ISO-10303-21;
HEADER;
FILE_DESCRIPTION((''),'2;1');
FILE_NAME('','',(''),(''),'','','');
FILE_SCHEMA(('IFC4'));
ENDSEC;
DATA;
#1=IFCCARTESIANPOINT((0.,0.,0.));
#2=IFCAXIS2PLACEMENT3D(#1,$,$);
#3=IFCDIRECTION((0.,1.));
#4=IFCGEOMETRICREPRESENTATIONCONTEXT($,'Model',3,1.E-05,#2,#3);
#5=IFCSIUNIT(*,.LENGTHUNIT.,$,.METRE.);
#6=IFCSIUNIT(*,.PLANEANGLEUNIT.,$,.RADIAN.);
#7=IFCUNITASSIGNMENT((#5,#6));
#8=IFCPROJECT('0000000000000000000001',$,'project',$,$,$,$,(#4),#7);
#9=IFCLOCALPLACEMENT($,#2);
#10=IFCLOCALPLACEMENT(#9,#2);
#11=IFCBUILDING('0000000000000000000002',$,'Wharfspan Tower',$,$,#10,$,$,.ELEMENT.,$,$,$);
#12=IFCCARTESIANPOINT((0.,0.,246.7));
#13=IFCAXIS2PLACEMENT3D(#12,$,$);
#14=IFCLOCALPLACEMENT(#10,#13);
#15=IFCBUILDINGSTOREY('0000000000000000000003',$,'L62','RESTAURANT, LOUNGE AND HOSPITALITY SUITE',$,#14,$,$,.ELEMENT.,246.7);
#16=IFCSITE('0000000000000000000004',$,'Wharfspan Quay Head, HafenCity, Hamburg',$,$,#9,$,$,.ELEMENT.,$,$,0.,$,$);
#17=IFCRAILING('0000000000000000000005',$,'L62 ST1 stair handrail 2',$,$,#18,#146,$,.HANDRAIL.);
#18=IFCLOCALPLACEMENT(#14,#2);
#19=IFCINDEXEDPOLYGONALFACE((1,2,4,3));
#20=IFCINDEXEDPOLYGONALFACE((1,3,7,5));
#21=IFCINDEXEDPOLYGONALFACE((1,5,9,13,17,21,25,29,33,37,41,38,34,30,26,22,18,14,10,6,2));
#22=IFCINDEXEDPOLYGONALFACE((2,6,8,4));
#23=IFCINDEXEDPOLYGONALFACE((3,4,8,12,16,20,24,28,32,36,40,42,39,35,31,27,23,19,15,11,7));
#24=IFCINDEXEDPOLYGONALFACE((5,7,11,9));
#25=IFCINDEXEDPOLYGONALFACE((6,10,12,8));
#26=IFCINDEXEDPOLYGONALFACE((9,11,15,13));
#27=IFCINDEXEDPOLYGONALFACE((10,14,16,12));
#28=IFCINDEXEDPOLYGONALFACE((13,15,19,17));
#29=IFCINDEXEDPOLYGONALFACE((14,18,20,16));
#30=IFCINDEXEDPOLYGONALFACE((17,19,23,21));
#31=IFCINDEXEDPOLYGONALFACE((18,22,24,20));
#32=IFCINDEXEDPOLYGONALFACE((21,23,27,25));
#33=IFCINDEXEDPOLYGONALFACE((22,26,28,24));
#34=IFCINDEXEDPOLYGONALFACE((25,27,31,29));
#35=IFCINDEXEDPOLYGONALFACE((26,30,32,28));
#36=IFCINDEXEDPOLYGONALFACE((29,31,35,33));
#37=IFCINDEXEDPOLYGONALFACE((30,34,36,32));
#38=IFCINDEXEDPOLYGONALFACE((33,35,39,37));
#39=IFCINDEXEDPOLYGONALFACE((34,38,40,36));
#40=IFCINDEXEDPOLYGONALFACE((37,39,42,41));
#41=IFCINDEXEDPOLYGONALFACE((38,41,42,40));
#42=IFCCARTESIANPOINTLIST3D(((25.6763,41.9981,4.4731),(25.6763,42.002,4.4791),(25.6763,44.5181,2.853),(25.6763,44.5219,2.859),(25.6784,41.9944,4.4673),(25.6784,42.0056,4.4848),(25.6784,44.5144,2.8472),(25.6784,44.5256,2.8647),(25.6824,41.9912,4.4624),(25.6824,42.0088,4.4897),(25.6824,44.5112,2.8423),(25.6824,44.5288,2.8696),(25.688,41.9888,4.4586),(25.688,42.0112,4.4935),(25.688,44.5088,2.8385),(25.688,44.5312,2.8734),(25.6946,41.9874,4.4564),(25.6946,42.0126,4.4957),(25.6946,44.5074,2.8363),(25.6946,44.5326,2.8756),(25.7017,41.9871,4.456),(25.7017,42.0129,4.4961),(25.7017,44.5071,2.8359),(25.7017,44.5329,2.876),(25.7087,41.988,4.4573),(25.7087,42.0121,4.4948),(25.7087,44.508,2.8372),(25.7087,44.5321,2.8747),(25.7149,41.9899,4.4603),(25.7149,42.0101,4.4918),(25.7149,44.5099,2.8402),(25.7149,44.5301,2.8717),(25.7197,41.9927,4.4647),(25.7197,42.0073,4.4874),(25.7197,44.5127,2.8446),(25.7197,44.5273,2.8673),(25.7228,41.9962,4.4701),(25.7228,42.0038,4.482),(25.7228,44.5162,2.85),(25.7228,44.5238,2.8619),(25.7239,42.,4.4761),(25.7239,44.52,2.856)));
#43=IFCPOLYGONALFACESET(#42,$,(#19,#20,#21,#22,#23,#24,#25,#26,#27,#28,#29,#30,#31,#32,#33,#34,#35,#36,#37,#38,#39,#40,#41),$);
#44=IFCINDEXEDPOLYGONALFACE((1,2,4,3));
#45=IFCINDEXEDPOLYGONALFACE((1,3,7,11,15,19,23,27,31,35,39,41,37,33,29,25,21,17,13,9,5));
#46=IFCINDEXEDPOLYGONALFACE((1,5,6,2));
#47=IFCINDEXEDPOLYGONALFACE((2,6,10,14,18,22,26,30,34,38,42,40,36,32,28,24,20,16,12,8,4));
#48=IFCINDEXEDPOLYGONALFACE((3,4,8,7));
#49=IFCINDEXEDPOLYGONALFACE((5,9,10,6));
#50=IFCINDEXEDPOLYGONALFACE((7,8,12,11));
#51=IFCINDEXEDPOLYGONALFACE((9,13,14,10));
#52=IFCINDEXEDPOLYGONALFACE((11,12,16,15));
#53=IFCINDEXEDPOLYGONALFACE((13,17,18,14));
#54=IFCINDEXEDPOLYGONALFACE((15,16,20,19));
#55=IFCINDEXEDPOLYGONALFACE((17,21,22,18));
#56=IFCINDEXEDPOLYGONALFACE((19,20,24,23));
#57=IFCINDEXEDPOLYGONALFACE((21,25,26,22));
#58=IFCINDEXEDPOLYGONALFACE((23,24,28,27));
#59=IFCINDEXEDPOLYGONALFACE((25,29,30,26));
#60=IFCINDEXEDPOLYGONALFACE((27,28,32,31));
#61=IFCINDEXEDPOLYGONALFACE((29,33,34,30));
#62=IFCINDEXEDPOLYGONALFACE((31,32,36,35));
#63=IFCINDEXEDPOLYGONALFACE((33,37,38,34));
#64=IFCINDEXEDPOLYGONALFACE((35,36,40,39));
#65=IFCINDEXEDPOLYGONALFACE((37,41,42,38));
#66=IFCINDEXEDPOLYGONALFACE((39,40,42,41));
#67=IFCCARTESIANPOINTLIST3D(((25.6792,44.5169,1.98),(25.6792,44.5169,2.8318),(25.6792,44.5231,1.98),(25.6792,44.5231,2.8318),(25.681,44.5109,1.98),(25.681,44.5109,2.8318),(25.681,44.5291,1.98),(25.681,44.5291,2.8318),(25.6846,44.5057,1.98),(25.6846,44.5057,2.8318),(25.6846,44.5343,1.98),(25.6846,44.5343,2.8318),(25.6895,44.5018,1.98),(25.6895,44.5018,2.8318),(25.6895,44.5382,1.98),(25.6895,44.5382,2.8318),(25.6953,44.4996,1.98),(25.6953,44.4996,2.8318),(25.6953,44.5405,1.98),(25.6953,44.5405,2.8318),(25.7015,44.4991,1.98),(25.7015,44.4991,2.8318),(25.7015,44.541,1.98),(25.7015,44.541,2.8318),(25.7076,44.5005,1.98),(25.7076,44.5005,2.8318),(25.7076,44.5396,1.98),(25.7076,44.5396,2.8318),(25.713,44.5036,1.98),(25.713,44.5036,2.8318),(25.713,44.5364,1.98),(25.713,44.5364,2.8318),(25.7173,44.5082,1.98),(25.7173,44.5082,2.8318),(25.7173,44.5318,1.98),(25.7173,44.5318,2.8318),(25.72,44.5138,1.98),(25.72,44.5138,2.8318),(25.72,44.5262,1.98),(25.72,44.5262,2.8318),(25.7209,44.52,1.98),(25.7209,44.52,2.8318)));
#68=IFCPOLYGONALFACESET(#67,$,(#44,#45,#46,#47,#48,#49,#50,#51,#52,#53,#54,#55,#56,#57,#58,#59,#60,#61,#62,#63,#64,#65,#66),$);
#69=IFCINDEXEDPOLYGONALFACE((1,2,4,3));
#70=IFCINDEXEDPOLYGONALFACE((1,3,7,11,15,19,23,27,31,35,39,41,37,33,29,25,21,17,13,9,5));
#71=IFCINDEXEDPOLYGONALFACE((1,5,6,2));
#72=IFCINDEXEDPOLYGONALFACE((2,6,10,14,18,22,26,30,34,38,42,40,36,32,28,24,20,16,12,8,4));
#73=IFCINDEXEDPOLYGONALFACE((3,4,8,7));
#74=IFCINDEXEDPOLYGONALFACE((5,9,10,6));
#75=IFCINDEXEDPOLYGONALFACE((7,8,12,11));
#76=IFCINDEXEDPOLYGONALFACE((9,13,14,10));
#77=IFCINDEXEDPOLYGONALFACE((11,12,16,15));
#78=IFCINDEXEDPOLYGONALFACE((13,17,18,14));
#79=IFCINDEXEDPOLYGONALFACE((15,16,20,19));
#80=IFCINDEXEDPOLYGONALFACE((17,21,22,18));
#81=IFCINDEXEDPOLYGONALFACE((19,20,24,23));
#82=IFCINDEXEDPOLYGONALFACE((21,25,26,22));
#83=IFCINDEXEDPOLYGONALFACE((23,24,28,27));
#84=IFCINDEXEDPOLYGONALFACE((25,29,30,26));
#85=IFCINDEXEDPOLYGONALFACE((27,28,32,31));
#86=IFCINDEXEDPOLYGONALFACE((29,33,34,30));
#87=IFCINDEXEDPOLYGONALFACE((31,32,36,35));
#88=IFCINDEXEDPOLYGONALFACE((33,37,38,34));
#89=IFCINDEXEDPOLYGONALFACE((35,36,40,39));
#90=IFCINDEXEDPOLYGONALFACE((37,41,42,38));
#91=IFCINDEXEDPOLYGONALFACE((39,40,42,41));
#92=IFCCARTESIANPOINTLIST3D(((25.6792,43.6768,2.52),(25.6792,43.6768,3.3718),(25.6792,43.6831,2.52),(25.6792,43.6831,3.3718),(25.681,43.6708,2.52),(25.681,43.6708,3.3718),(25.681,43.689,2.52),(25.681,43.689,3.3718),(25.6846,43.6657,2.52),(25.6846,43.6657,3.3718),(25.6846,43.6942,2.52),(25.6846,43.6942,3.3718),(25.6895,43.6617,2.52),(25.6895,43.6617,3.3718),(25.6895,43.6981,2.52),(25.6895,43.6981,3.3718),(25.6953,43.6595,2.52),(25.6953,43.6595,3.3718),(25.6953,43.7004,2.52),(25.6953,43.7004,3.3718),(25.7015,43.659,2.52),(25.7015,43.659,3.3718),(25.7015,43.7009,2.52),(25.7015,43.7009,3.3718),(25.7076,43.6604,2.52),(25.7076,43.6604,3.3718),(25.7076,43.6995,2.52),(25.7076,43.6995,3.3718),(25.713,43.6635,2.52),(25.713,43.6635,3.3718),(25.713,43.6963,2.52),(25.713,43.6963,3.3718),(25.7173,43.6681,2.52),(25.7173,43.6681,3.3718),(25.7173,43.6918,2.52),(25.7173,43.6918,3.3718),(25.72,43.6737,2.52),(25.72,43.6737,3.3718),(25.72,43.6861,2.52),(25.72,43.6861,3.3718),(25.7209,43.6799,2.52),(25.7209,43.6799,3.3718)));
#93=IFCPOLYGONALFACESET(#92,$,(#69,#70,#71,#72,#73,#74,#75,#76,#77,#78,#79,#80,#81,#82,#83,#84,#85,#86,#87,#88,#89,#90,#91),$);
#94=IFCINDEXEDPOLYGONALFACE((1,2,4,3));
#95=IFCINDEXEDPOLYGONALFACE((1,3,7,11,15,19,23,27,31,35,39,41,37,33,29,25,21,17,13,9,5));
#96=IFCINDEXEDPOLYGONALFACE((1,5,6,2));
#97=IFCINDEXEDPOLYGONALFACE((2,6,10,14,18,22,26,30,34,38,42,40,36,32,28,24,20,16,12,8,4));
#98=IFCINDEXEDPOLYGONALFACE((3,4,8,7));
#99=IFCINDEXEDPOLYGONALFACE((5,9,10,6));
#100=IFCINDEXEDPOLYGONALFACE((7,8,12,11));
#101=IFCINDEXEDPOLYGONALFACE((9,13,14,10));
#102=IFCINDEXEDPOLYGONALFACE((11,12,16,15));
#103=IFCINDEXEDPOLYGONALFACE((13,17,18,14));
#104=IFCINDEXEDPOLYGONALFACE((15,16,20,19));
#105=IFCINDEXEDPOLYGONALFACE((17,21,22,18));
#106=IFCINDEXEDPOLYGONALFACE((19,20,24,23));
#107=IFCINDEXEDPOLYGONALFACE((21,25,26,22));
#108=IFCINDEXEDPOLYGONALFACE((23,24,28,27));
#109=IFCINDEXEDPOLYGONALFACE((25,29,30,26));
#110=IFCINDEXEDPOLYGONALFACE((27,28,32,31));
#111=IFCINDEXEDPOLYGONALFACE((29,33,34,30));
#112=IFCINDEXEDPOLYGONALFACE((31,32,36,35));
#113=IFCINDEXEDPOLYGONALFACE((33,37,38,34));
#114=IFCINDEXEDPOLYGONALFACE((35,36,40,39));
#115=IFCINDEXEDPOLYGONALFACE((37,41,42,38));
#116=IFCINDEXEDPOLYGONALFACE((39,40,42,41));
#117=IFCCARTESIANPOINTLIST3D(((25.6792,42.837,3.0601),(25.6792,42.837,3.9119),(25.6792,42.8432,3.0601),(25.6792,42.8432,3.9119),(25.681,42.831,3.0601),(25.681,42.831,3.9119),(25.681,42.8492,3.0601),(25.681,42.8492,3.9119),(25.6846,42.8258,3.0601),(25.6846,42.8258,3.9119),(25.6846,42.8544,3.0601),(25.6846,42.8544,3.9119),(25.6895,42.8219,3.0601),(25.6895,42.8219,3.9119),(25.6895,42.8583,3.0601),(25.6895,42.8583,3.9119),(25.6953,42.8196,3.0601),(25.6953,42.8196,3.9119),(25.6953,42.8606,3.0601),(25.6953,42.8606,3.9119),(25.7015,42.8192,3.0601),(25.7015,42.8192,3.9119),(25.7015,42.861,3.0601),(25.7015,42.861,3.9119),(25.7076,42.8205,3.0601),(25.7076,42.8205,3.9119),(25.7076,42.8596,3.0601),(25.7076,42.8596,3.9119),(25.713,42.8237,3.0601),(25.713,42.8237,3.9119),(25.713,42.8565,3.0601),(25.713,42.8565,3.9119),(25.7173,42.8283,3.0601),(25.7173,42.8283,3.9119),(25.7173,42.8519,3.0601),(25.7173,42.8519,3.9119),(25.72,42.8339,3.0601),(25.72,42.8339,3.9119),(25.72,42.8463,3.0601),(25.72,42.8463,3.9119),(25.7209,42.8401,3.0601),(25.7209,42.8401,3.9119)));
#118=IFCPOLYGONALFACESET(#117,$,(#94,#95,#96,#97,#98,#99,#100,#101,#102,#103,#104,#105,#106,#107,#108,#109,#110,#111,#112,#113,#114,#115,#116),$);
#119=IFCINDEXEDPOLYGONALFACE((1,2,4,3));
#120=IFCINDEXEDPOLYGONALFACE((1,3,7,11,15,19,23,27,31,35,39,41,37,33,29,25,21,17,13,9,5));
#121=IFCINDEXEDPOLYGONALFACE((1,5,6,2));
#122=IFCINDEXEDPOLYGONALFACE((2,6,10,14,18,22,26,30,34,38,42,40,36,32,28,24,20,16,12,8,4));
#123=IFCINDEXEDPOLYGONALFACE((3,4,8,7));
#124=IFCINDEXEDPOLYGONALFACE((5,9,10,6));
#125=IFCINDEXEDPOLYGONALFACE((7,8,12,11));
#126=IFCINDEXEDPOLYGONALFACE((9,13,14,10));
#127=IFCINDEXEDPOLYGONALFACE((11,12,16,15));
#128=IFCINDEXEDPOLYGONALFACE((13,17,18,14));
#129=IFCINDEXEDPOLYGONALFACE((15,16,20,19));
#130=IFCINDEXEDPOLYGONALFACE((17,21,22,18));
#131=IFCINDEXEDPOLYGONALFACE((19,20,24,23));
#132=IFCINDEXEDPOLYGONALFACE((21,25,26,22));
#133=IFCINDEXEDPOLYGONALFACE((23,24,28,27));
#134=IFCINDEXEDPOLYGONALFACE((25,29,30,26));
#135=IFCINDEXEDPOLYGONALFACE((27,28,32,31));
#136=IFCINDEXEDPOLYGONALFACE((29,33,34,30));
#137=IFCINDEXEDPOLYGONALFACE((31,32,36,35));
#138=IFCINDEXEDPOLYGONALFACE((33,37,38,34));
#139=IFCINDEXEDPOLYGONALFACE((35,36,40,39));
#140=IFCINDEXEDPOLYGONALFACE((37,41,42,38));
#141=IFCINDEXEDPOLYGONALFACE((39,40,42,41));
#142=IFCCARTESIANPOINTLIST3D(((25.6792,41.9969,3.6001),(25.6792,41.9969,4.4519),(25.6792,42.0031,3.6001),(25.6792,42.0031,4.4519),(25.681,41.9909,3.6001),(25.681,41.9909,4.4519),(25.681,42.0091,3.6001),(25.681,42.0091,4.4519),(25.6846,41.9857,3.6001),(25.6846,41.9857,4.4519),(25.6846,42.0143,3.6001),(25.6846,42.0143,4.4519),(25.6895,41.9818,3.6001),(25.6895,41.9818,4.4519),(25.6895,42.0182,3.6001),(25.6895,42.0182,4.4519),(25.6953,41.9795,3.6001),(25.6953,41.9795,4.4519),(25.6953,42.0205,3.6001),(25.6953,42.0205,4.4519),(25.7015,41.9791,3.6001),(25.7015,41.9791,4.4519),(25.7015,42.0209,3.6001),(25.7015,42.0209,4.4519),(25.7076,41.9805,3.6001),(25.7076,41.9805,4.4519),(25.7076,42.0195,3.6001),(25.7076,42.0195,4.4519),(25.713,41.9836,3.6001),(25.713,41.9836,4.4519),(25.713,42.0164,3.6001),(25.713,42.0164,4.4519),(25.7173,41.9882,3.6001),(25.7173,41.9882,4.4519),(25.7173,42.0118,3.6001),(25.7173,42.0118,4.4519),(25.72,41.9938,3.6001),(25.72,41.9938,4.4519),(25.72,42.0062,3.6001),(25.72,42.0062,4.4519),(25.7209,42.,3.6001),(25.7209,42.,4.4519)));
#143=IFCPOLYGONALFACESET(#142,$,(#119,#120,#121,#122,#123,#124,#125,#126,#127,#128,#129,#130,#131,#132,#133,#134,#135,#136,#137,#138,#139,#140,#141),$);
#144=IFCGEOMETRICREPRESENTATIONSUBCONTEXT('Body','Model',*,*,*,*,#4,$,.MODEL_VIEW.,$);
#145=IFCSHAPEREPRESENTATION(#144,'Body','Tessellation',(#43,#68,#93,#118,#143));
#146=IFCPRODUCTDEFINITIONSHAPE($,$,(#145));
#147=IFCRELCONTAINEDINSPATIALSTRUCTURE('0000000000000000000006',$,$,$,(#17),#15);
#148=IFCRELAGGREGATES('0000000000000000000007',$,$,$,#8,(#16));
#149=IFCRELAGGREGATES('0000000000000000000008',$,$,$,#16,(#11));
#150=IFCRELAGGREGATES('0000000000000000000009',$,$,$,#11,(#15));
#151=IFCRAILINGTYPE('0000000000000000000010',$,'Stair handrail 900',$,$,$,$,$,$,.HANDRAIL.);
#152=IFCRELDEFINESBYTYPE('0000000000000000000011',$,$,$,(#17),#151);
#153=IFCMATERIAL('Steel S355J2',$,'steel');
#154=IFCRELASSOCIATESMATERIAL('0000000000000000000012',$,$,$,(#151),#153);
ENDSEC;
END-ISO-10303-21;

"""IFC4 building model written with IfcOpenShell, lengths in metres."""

from ifc_helpers import new_model, si_unit, direction, frame, origin, origin_2d, place, context, subcontext, project, spatial, circle, extrude, material, type_object, element, save


model = new_model("IFC4")

# Units and contexts
model_context = context("Model", 3, precision=1e-05, world=origin(), true_north=direction((0.0, 1.0)))
body_context = subcontext(model_context, "Body", "Model", "MODEL_VIEW")
ifc_project = project(units=[si_unit("LENGTHUNIT", "METRE"), si_unit("PLANEANGLEUNIT", "RADIAN")], contexts=[model_context])

# Site, building, storey
site_placement = place(None, origin())
site = spatial("IfcSite", under=ifc_project, at=site_placement, Name="Wharfspan Quay Head, HafenCity, Hamburg", CompositionType="ELEMENT", RefElevation=0.0)
building_placement = place(site_placement, origin())
building = spatial("IfcBuilding", under=site, at=building_placement, Name="Wharfspan Tower", CompositionType="ELEMENT")
storey_placement = place(building_placement, frame((0.0, 0.0, 246.7)))
storey = spatial("IfcBuildingStorey", under=building, at=storey_placement, Name="L62", Description="RESTAURANT, LOUNGE AND HOSPITALITY SUITE", CompositionType="ELEMENT", Elevation=246.7)

# Shared definitions
ifc_material_1 = material(Name="Steel S355J2", Category="steel")

# Railing
railing_type_1 = type_object("IfcRailingType", Name="Stair handrail 900", PredefinedType="HANDRAIL", material=ifc_material_1)
railing_1_placement = place(storey_placement, frame((25.7, 44.52, 1.98)))
element("IfcRailing", 1, at=railing_1_placement, inside=storey, type_object=railing_type_1, Name="L62 ST1 stair handrail 2", PredefinedType="HANDRAIL", context=body_context, shape_type="SweptSolid", body=[
    extrude(circle(Radius=0.0239, at=origin_2d()), frame((0.0, 0.0, 0.876), z_axis=(0.0, -0.841163, 0.540782), x_axis=(1.0, 0.0, 0.0)), (0.0, 0.0, 1.0), 2.9958),
    extrude(circle(Radius=0.021, at=origin_2d()), origin(), (0.0, 0.0, 1.0), 0.8518),
    extrude(circle(Radius=0.021, at=origin_2d()), frame((0.0, -0.8401, 0.54)), (0.0, 0.0, 1.0), 0.8518),
    extrude(circle(Radius=0.021, at=origin_2d()), frame((0.0, -1.6799, 1.0801)), (0.0, 0.0, 1.0), 0.8518),
    extrude(circle(Radius=0.021, at=origin_2d()), frame((0.0, -2.52, 1.6201)), (0.0, 0.0, 1.0), 0.8518),
])

save(model, "model.ifc")
